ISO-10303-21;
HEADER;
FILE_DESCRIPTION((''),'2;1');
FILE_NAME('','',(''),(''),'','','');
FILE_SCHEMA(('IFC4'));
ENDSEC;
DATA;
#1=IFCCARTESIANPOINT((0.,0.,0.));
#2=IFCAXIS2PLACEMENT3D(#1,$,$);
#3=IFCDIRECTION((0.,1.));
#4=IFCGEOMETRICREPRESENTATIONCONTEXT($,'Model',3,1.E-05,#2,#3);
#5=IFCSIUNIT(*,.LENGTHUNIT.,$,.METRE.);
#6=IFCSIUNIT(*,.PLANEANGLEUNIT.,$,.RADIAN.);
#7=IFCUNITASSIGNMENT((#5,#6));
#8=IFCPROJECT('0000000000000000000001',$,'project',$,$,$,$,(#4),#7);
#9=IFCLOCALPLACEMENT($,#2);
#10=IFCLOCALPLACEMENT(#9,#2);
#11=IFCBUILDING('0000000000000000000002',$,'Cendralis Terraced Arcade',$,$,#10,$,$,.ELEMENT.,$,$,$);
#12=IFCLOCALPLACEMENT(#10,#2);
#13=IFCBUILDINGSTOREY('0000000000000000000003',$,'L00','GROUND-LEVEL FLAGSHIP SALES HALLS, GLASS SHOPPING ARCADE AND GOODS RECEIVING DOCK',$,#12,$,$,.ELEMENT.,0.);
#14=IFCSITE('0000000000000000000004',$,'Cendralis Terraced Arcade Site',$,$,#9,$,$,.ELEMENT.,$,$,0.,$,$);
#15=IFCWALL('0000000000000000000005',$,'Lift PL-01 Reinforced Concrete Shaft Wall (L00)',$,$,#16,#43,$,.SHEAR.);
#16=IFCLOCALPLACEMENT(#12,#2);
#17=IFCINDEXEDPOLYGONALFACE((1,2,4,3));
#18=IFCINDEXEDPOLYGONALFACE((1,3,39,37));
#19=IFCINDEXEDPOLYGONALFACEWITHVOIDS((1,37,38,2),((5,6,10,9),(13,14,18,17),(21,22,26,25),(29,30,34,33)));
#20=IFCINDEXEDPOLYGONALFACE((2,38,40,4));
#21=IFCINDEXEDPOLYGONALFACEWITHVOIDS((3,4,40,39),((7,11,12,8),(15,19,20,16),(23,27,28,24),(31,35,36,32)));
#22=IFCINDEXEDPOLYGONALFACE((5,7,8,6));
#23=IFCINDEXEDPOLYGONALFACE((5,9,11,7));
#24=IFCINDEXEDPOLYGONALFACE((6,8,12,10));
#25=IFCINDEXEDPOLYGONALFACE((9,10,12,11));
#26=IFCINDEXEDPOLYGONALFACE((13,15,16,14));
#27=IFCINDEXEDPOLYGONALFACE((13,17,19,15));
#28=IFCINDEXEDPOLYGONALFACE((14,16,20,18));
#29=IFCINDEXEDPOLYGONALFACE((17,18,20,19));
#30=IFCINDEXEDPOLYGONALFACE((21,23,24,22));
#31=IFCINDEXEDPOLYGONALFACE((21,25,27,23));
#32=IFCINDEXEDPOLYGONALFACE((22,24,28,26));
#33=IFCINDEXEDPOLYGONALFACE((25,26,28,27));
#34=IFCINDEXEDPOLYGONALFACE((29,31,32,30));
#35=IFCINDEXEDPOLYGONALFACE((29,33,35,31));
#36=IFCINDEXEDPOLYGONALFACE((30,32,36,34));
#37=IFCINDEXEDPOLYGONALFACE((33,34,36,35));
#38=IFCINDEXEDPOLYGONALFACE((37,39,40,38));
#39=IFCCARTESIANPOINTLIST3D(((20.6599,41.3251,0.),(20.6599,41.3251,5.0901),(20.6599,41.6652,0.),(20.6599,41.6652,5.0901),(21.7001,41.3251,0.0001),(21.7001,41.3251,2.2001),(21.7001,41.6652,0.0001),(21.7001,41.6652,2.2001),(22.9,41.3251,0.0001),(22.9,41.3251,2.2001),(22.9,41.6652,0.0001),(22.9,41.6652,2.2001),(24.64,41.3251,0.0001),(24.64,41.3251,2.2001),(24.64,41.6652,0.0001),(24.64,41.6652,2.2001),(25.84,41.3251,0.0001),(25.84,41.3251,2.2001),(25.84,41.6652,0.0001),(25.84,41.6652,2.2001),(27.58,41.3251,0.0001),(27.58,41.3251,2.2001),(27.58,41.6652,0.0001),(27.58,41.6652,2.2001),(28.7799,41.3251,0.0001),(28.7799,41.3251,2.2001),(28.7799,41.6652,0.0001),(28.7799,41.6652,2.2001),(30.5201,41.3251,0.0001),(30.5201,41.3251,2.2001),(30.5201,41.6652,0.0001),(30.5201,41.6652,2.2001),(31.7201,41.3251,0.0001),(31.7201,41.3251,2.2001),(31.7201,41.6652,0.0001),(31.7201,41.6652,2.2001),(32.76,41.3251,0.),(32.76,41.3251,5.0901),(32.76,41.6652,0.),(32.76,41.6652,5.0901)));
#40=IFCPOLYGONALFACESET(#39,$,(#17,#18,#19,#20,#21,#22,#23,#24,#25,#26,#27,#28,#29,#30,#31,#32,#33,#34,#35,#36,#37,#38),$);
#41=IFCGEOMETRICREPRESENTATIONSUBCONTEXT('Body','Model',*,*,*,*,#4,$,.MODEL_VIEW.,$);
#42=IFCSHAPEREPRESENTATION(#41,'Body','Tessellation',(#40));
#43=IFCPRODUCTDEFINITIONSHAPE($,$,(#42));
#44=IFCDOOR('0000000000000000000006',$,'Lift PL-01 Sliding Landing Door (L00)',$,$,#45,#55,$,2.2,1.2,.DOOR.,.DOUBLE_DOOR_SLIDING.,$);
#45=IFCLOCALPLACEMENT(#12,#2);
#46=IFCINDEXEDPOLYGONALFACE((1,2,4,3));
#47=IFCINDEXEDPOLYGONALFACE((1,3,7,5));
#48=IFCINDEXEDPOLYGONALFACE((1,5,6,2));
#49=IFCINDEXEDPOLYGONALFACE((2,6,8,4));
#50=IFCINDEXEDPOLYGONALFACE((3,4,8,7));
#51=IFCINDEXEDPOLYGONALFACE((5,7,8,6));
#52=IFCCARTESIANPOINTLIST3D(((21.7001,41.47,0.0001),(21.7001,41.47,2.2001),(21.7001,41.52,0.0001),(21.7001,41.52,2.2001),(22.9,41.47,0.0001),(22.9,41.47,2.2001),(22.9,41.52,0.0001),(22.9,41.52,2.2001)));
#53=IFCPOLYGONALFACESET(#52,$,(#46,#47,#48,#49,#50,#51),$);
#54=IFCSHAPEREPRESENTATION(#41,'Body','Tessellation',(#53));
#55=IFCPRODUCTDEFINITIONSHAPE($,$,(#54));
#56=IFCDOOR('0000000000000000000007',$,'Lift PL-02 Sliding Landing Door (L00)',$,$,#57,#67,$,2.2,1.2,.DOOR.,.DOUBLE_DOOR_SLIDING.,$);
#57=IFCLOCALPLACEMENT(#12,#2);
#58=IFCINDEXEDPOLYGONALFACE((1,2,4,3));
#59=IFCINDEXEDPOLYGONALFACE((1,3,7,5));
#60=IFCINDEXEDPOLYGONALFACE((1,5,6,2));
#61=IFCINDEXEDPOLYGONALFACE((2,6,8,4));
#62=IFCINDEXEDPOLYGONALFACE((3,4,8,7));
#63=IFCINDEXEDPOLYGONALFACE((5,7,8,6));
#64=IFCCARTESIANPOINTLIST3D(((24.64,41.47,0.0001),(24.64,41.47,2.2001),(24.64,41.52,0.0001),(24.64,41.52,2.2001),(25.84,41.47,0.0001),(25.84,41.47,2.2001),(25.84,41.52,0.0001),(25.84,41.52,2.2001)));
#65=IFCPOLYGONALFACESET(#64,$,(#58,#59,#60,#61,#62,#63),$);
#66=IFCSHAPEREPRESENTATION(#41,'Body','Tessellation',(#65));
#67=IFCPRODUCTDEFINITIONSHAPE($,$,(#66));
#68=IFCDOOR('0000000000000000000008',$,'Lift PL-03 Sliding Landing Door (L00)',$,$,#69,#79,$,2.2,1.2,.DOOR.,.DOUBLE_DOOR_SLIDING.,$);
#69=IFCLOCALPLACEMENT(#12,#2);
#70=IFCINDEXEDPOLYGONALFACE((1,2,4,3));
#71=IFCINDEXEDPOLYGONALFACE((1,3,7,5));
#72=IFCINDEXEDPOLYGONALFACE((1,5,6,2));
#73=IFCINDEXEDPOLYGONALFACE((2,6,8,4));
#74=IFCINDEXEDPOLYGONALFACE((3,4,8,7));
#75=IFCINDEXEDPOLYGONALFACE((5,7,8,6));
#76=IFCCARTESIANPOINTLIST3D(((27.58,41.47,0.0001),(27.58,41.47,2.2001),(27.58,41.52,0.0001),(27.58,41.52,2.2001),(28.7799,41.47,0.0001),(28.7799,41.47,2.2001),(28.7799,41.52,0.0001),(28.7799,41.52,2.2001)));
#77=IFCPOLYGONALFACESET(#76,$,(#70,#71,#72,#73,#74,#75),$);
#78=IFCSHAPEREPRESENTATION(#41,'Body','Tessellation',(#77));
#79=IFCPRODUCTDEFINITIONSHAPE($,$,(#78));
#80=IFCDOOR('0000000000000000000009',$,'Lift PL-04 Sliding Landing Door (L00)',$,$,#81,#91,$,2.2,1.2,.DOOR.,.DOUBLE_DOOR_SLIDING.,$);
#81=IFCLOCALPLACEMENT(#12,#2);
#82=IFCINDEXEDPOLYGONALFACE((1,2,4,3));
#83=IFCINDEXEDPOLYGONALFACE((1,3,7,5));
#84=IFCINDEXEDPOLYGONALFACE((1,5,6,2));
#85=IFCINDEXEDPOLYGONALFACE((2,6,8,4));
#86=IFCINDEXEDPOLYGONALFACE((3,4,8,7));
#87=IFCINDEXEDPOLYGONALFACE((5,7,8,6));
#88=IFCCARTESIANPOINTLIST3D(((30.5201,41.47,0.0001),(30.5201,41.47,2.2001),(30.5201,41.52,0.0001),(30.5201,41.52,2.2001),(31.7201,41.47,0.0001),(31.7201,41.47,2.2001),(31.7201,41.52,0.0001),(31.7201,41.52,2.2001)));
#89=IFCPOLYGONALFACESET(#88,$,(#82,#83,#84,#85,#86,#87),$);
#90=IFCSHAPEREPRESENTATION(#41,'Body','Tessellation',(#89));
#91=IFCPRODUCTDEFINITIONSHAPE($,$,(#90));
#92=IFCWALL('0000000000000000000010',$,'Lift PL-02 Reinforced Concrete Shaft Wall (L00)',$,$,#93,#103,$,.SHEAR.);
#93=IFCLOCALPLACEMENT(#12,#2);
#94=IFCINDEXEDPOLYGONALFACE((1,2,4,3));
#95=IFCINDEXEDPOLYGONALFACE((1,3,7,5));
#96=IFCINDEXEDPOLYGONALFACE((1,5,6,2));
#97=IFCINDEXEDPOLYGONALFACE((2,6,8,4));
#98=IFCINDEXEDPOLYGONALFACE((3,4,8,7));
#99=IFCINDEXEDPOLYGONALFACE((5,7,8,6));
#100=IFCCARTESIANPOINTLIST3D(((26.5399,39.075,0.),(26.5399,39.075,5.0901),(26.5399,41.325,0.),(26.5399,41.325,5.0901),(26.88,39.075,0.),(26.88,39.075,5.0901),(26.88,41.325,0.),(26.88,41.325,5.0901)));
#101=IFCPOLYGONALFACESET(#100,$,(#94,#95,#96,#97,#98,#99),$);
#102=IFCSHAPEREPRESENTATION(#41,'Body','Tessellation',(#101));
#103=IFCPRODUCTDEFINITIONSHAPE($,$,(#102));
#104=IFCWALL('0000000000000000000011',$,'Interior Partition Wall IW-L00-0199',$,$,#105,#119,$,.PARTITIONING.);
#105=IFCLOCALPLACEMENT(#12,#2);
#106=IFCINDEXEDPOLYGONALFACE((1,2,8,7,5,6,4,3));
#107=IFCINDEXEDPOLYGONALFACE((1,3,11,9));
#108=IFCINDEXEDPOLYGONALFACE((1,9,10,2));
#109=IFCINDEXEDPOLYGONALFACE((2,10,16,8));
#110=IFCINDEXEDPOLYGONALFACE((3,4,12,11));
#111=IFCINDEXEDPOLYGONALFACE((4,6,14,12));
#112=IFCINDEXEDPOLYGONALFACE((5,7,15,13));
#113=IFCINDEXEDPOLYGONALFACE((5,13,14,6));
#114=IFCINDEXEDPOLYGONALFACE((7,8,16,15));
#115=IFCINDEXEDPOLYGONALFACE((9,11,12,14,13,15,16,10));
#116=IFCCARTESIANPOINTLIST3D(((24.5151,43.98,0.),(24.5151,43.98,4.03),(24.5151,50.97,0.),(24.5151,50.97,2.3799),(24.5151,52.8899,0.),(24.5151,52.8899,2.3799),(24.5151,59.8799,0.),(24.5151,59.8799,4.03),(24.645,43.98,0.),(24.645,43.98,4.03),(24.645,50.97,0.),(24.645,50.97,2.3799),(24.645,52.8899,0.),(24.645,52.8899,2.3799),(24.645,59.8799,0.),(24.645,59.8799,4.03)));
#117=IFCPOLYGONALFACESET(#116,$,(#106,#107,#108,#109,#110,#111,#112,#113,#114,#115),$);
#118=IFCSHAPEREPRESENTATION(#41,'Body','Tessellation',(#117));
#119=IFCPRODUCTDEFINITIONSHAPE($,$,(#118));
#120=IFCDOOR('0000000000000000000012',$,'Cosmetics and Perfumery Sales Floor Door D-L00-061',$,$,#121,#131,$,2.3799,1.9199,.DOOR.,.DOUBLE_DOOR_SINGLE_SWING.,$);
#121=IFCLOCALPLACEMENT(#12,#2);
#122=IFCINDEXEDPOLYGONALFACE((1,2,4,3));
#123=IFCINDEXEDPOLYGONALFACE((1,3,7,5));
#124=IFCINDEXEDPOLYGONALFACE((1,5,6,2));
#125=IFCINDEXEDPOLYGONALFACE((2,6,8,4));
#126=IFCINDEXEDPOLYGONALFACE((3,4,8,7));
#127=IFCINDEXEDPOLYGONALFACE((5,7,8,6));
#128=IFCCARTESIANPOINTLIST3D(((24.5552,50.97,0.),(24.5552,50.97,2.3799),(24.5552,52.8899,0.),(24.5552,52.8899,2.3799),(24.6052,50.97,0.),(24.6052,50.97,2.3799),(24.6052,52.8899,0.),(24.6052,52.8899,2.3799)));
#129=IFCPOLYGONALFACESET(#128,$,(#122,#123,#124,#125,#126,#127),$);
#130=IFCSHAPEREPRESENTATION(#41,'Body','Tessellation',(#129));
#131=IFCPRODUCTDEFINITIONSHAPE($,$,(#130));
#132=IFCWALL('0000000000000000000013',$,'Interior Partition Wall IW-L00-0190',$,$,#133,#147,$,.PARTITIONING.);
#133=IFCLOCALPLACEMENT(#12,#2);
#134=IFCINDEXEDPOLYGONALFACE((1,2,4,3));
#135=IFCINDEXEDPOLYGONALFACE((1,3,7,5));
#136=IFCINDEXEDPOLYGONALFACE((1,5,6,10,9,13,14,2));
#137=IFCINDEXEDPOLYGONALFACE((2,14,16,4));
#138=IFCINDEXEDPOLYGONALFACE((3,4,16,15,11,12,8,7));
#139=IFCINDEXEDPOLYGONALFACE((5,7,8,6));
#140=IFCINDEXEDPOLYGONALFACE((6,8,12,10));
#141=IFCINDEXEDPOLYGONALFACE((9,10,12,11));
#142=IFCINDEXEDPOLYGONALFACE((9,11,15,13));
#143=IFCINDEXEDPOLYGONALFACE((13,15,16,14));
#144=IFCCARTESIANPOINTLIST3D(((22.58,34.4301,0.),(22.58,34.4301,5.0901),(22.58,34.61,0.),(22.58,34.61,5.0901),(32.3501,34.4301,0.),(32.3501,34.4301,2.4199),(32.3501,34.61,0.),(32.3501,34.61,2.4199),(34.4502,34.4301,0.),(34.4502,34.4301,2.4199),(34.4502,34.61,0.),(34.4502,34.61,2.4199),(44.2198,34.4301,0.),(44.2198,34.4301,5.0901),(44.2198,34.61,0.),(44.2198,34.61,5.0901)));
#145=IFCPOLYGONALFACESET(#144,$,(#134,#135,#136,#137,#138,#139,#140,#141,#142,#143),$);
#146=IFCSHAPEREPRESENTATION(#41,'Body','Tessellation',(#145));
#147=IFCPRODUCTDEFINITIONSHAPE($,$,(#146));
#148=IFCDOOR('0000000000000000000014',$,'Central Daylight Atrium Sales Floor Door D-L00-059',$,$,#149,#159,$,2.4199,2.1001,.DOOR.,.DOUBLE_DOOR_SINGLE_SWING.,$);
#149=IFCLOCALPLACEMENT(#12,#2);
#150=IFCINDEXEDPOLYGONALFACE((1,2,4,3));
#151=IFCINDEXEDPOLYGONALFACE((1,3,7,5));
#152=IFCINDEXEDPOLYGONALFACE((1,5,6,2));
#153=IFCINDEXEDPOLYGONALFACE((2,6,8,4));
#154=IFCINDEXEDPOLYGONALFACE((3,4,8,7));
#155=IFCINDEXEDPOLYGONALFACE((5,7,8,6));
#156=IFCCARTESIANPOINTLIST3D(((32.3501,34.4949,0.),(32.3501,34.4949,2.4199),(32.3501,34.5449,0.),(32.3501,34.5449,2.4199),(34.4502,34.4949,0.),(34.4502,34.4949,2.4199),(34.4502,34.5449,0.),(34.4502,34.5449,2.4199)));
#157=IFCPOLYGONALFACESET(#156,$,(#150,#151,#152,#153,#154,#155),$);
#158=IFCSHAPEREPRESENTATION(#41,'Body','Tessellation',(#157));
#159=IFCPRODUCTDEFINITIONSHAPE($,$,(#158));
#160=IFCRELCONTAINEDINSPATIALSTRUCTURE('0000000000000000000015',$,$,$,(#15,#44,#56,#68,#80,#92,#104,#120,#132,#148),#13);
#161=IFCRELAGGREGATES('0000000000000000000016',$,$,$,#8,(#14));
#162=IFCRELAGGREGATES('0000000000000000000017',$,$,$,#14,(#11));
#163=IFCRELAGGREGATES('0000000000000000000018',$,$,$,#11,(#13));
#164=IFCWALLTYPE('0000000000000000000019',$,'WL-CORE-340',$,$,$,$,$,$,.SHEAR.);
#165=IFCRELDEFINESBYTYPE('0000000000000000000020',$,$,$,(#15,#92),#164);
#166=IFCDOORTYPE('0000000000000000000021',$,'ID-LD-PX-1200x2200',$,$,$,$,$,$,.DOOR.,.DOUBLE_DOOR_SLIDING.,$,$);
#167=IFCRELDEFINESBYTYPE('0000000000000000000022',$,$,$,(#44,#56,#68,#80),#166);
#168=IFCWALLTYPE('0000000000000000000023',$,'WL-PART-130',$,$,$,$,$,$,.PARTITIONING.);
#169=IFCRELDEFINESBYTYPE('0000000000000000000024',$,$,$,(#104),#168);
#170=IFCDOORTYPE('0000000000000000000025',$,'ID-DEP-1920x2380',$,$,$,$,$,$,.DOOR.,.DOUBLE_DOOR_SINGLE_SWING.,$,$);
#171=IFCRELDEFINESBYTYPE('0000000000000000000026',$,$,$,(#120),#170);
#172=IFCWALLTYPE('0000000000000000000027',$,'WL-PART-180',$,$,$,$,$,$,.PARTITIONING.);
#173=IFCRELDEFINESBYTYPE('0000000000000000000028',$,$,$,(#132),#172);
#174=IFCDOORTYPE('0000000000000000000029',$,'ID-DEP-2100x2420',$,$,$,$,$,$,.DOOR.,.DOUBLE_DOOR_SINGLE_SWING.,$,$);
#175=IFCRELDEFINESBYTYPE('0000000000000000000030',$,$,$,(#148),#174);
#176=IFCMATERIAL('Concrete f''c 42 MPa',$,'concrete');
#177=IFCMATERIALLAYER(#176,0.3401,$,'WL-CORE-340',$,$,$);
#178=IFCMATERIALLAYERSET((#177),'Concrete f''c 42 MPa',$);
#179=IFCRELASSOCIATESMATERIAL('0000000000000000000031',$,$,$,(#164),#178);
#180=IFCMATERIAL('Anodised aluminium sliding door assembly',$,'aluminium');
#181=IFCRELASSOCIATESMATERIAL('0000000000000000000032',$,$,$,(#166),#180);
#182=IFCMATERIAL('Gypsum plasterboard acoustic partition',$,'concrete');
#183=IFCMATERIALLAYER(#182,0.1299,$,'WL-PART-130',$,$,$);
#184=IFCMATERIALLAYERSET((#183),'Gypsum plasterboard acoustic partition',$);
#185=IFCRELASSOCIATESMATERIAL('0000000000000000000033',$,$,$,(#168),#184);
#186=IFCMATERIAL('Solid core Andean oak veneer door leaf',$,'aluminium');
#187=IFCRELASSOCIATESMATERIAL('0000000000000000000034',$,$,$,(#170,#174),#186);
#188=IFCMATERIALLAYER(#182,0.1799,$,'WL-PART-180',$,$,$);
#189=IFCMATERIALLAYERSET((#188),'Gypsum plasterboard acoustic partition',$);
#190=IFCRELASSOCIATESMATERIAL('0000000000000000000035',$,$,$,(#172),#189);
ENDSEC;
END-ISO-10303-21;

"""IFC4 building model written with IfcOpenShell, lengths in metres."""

from ifc_helpers import new_model, si_unit, direction, frame, frame_2d, origin, place, context, subcontext, project, spatial, rectangle, extrude, material, layer, layer_set, type_object, element, fill, save


model = new_model("IFC4")

# Units and contexts
model_context = context("Model", 3, precision=1e-05, world=origin(), true_north=direction((0.0, 1.0)))
body_context = subcontext(model_context, "Body", "Model", "MODEL_VIEW")
ifc_project = project(units=[si_unit("LENGTHUNIT", "METRE"), si_unit("PLANEANGLEUNIT", "RADIAN")], contexts=[model_context])

# Site, building, storey
site_placement = place(None, origin())
site = spatial("IfcSite", under=ifc_project, at=site_placement, Name="Cendralis Terraced Arcade Site", CompositionType="ELEMENT", RefElevation=0.0)
building_placement = place(site_placement, origin())
building = spatial("IfcBuilding", under=site, at=building_placement, Name="Cendralis Terraced Arcade", CompositionType="ELEMENT")
storey_placement = place(building_placement, origin())
storey = spatial("IfcBuildingStorey", under=building, at=storey_placement, Name="L00", Description="GROUND-LEVEL FLAGSHIP SALES HALLS, GLASS SHOPPING ARCADE AND GOODS RECEIVING DOCK", CompositionType="ELEMENT", Elevation=0.0)

# Shared definitions
ifc_material_1 = material(Name="Concrete f'c 42 MPa", Category="concrete")

# Shared definitions
ifc_layer_1 = layer(ifc_material_1, 0.3401, Name="WL-CORE-340")
ifc_layer_set_1 = layer_set([ifc_layer_1], Name="Concrete f'c 42 MPa")
wall_type_1 = type_object("IfcWallType", Name="WL-CORE-340", PredefinedType="SHEAR", material=ifc_layer_set_1)

# Wall, openings, doors
wall_1_placement = place(storey_placement, frame((20.6599, 41.4951, 0.0), z_axis=(0.0, 0.0, 1.0), x_axis=(1.0, 0.0, 0.0)))
wall_1 = element("IfcWall", 1, at=wall_1_placement, inside=storey, type_object=wall_type_1, Name="Lift PL-01 Reinforced Concrete Shaft Wall (L00)", PredefinedType="SHEAR", context=body_context, shape_type="SweptSolid", body=[
    extrude(rectangle(XDim=12.1001, YDim=0.3401, at=frame_2d((6.05, 0.0))), origin(), (0.0, 0.0, 1.0), 5.0901),
])
opening_1_placement = place(wall_1_placement, frame((1.04, 0.0, 0.0)))
opening_1 = element("IfcOpeningElement", 2, at=opening_1_placement, cuts=wall_1, PredefinedType="OPENING", context=body_context, shape_type="SweptSolid", body=[
    extrude(rectangle(XDim=1.2, YDim=2.2, at=frame_2d((0.6001, 1.1001))), frame((0.0, 0.1821, 0.0), z_axis=(0.0, -1.0, 0.0), x_axis=(1.0, 0.0, 0.0)), (0.0, 0.0, 1.0), 0.364),
])
opening_2_placement = place(wall_1_placement, frame((3.98, 0.0, 0.0)))
opening_2 = element("IfcOpeningElement", 3, at=opening_2_placement, cuts=wall_1, PredefinedType="OPENING", context=body_context, shape_type="SweptSolid", body=[
    extrude(rectangle(XDim=1.2, YDim=2.2, at=frame_2d((0.6001, 1.1001))), frame((0.0, 0.1821, 0.0), z_axis=(0.0, -1.0, 0.0), x_axis=(1.0, 0.0, 0.0)), (0.0, 0.0, 1.0), 0.364),
])
opening_3_placement = place(wall_1_placement, frame((6.9199, 0.0, 0.0)))
opening_3 = element("IfcOpeningElement", 4, at=opening_3_placement, cuts=wall_1, PredefinedType="OPENING", context=body_context, shape_type="SweptSolid", body=[
    extrude(rectangle(XDim=1.2, YDim=2.2, at=frame_2d((0.6001, 1.1001))), frame((0.0, 0.1821, 0.0), z_axis=(0.0, -1.0, 0.0), x_axis=(1.0, 0.0, 0.0)), (0.0, 0.0, 1.0), 0.364),
])
opening_4_placement = place(wall_1_placement, frame((9.8601, 0.0, 0.0)))
opening_4 = element("IfcOpeningElement", 5, at=opening_4_placement, cuts=wall_1, PredefinedType="OPENING", context=body_context, shape_type="SweptSolid", body=[
    extrude(rectangle(XDim=1.2, YDim=2.2, at=frame_2d((0.6001, 1.1001))), frame((0.0, 0.1821, 0.0), z_axis=(0.0, -1.0, 0.0), x_axis=(1.0, 0.0, 0.0)), (0.0, 0.0, 1.0), 0.364),
])
ifc_material_2 = material(Name="Anodised aluminium sliding door assembly", Category="aluminium")
door_type_1 = type_object("IfcDoorType", Name="ID-LD-PX-1200x2200", OperationType="DOUBLE_DOOR_SLIDING", PredefinedType="DOOR", material=ifc_material_2)
door_1_placement = place(opening_1_placement, origin())
door_1 = element("IfcDoor", 6, at=door_1_placement, inside=storey, type_object=door_type_1, Name="Lift PL-01 Sliding Landing Door (L00)", OperationType="DOUBLE_DOOR_SLIDING", OverallHeight=2.2, OverallWidth=1.2, PredefinedType="DOOR", context=body_context, shape_type="SweptSolid", body=[
    extrude(rectangle(XDim=1.2, YDim=2.2, at=frame_2d((0.6001, 1.1001))), frame((0.0, 0.0249, 0.0), z_axis=(0.0, -1.0, 0.0), x_axis=(1.0, 0.0, 0.0)), (0.0, 0.0, 1.0), 0.05),
])
fill(opening_1, door_1)
door_2_placement = place(opening_2_placement, origin())
door_2 = element("IfcDoor", 7, at=door_2_placement, inside=storey, type_object=door_type_1, Name="Lift PL-02 Sliding Landing Door (L00)", OperationType="DOUBLE_DOOR_SLIDING", OverallHeight=2.2, OverallWidth=1.2, PredefinedType="DOOR", context=body_context, shape_type="SweptSolid", body=[
    extrude(rectangle(XDim=1.2, YDim=2.2, at=frame_2d((0.6001, 1.1001))), frame((0.0, 0.0249, 0.0), z_axis=(0.0, -1.0, 0.0), x_axis=(1.0, 0.0, 0.0)), (0.0, 0.0, 1.0), 0.05),
])
fill(opening_2, door_2)
door_3_placement = place(opening_3_placement, origin())
door_3 = element("IfcDoor", 8, at=door_3_placement, inside=storey, type_object=door_type_1, Name="Lift PL-03 Sliding Landing Door (L00)", OperationType="DOUBLE_DOOR_SLIDING", OverallHeight=2.2, OverallWidth=1.2, PredefinedType="DOOR", context=body_context, shape_type="SweptSolid", body=[
    extrude(rectangle(XDim=1.2, YDim=2.2, at=frame_2d((0.6001, 1.1001))), frame((0.0, 0.0249, 0.0), z_axis=(0.0, -1.0, 0.0), x_axis=(1.0, 0.0, 0.0)), (0.0, 0.0, 1.0), 0.05),
])
fill(opening_3, door_3)
door_4_placement = place(opening_4_placement, origin())
door_4 = element("IfcDoor", 9, at=door_4_placement, inside=storey, type_object=door_type_1, Name="Lift PL-04 Sliding Landing Door (L00)", OperationType="DOUBLE_DOOR_SLIDING", OverallHeight=2.2, OverallWidth=1.2, PredefinedType="DOOR", context=body_context, shape_type="SweptSolid", body=[
    extrude(rectangle(XDim=1.2, YDim=2.2, at=frame_2d((0.6001, 1.1001))), frame((0.0, 0.0249, 0.0), z_axis=(0.0, -1.0, 0.0), x_axis=(1.0, 0.0, 0.0)), (0.0, 0.0, 1.0), 0.05),
])
fill(opening_4, door_4)

# Wall
wall_2_placement = place(storey_placement, frame((26.71, 39.075, 0.0), z_axis=(0.0, 0.0, 1.0), x_axis=(0.0, 1.0, 0.0)))
element("IfcWall", 10, at=wall_2_placement, inside=storey, type_object=wall_type_1, Name="Lift PL-02 Reinforced Concrete Shaft Wall (L00)", PredefinedType="SHEAR", context=body_context, shape_type="SweptSolid", body=[
    extrude(rectangle(XDim=2.25, YDim=0.3401, at=frame_2d((1.125, 0.0))), origin(), (0.0, 0.0, 1.0), 5.0901),
])

# Walls, openings, doors
ifc_material_3 = material(Name="Gypsum plasterboard acoustic partition", Category="concrete")
ifc_layer_2 = layer(ifc_material_3, 0.1299, Name="WL-PART-130")
ifc_layer_set_2 = layer_set([ifc_layer_2], Name="Gypsum plasterboard acoustic partition")
wall_type_2 = type_object("IfcWallType", Name="WL-PART-130", PredefinedType="PARTITIONING", material=ifc_layer_set_2)
wall_3_placement = place(storey_placement, frame((24.5801, 43.98, 0.0), z_axis=(0.0, 0.0, 1.0), x_axis=(0.0, 1.0, 0.0)))
wall_3 = element("IfcWall", 11, at=wall_3_placement, inside=storey, type_object=wall_type_2, Name="Interior Partition Wall IW-L00-0199", PredefinedType="PARTITIONING", context=body_context, shape_type="SweptSolid", body=[
    extrude(rectangle(XDim=15.8999, YDim=0.1299, at=frame_2d((7.95, 0.0))), origin(), (0.0, 0.0, 1.0), 4.03),
])
opening_5_placement = place(wall_3_placement, frame((6.99, 0.0, 0.0)))
opening_5 = element("IfcOpeningElement", 12, at=opening_5_placement, cuts=wall_3, PredefinedType="OPENING", context=body_context, shape_type="SweptSolid", body=[
    extrude(rectangle(XDim=1.9199, YDim=2.3799, at=frame_2d((0.96, 1.1899))), frame((0.0, 0.0769, 0.0), z_axis=(0.0, -1.0, 0.0), x_axis=(1.0, 0.0, 0.0)), (0.0, 0.0, 1.0), 0.1538),
])
ifc_material_4 = material(Name="Solid core Andean oak veneer door leaf", Category="aluminium")
door_type_2 = type_object("IfcDoorType", Name="ID-DEP-1920x2380", OperationType="DOUBLE_DOOR_SINGLE_SWING", PredefinedType="DOOR", material=ifc_material_4)
door_5_placement = place(opening_5_placement, origin())
door_5 = element("IfcDoor", 13, at=door_5_placement, inside=storey, type_object=door_type_2, Name="Cosmetics and Perfumery Sales Floor Door D-L00-061", OperationType="DOUBLE_DOOR_SINGLE_SWING", OverallHeight=2.3799, OverallWidth=1.9199, PredefinedType="DOOR", context=body_context, shape_type="SweptSolid", body=[
    extrude(rectangle(XDim=1.9199, YDim=2.3799, at=frame_2d((0.96, 1.1899))), frame((0.0, 0.0249, 0.0), z_axis=(0.0, -1.0, 0.0), x_axis=(1.0, 0.0, 0.0)), (0.0, 0.0, 1.0), 0.05),
])
fill(opening_5, door_5)
ifc_layer_3 = layer(ifc_material_3, 0.1799, Name="WL-PART-180")
ifc_layer_set_3 = layer_set([ifc_layer_3], Name="Gypsum plasterboard acoustic partition")
wall_type_3 = type_object("IfcWallType", Name="WL-PART-180", PredefinedType="PARTITIONING", material=ifc_layer_set_3)
wall_4_placement = place(storey_placement, frame((22.5801, 34.52, 0.0), z_axis=(0.0, 0.0, 1.0), x_axis=(1.0, 0.0, 0.0)))
wall_4 = element("IfcWall", 14, at=wall_4_placement, inside=storey, type_object=wall_type_3, Name="Interior Partition Wall IW-L00-0190", PredefinedType="PARTITIONING", context=body_context, shape_type="SweptSolid", body=[
    extrude(rectangle(XDim=21.6399, YDim=0.1799, at=frame_2d((10.8198, 0.0))), origin(), (0.0, 0.0, 1.0), 5.0901),
])
opening_6_placement = place(wall_4_placement, frame((9.77, 0.0, 0.0)))
opening_6 = element("IfcOpeningElement", 15, at=opening_6_placement, cuts=wall_4, PredefinedType="OPENING", context=body_context, shape_type="SweptSolid", body=[
    extrude(rectangle(XDim=2.1001, YDim=2.4199, at=frame_2d((1.05, 1.21))), frame((0.0, 0.1021, 0.0), z_axis=(0.0, -1.0, 0.0), x_axis=(1.0, 0.0, 0.0)), (0.0, 0.0, 1.0), 0.2039),
])
door_type_3 = type_object("IfcDoorType", Name="ID-DEP-2100x2420", OperationType="DOUBLE_DOOR_SINGLE_SWING", PredefinedType="DOOR", material=ifc_material_4)
door_6_placement = place(opening_6_placement, origin())
door_6 = element("IfcDoor", 16, at=door_6_placement, inside=storey, type_object=door_type_3, Name="Central Daylight Atrium Sales Floor Door D-L00-059", OperationType="DOUBLE_DOOR_SINGLE_SWING", OverallHeight=2.4199, OverallWidth=2.1001, PredefinedType="DOOR", context=body_context, shape_type="SweptSolid", body=[
    extrude(rectangle(XDim=2.1001, YDim=2.4199, at=frame_2d((1.05, 1.21))), frame((0.0, 0.0249, 0.0), z_axis=(0.0, -1.0, 0.0), x_axis=(1.0, 0.0, 0.0)), (0.0, 0.0, 1.0), 0.05),
])
fill(opening_6, door_6)

save(model, "model.ifc")
